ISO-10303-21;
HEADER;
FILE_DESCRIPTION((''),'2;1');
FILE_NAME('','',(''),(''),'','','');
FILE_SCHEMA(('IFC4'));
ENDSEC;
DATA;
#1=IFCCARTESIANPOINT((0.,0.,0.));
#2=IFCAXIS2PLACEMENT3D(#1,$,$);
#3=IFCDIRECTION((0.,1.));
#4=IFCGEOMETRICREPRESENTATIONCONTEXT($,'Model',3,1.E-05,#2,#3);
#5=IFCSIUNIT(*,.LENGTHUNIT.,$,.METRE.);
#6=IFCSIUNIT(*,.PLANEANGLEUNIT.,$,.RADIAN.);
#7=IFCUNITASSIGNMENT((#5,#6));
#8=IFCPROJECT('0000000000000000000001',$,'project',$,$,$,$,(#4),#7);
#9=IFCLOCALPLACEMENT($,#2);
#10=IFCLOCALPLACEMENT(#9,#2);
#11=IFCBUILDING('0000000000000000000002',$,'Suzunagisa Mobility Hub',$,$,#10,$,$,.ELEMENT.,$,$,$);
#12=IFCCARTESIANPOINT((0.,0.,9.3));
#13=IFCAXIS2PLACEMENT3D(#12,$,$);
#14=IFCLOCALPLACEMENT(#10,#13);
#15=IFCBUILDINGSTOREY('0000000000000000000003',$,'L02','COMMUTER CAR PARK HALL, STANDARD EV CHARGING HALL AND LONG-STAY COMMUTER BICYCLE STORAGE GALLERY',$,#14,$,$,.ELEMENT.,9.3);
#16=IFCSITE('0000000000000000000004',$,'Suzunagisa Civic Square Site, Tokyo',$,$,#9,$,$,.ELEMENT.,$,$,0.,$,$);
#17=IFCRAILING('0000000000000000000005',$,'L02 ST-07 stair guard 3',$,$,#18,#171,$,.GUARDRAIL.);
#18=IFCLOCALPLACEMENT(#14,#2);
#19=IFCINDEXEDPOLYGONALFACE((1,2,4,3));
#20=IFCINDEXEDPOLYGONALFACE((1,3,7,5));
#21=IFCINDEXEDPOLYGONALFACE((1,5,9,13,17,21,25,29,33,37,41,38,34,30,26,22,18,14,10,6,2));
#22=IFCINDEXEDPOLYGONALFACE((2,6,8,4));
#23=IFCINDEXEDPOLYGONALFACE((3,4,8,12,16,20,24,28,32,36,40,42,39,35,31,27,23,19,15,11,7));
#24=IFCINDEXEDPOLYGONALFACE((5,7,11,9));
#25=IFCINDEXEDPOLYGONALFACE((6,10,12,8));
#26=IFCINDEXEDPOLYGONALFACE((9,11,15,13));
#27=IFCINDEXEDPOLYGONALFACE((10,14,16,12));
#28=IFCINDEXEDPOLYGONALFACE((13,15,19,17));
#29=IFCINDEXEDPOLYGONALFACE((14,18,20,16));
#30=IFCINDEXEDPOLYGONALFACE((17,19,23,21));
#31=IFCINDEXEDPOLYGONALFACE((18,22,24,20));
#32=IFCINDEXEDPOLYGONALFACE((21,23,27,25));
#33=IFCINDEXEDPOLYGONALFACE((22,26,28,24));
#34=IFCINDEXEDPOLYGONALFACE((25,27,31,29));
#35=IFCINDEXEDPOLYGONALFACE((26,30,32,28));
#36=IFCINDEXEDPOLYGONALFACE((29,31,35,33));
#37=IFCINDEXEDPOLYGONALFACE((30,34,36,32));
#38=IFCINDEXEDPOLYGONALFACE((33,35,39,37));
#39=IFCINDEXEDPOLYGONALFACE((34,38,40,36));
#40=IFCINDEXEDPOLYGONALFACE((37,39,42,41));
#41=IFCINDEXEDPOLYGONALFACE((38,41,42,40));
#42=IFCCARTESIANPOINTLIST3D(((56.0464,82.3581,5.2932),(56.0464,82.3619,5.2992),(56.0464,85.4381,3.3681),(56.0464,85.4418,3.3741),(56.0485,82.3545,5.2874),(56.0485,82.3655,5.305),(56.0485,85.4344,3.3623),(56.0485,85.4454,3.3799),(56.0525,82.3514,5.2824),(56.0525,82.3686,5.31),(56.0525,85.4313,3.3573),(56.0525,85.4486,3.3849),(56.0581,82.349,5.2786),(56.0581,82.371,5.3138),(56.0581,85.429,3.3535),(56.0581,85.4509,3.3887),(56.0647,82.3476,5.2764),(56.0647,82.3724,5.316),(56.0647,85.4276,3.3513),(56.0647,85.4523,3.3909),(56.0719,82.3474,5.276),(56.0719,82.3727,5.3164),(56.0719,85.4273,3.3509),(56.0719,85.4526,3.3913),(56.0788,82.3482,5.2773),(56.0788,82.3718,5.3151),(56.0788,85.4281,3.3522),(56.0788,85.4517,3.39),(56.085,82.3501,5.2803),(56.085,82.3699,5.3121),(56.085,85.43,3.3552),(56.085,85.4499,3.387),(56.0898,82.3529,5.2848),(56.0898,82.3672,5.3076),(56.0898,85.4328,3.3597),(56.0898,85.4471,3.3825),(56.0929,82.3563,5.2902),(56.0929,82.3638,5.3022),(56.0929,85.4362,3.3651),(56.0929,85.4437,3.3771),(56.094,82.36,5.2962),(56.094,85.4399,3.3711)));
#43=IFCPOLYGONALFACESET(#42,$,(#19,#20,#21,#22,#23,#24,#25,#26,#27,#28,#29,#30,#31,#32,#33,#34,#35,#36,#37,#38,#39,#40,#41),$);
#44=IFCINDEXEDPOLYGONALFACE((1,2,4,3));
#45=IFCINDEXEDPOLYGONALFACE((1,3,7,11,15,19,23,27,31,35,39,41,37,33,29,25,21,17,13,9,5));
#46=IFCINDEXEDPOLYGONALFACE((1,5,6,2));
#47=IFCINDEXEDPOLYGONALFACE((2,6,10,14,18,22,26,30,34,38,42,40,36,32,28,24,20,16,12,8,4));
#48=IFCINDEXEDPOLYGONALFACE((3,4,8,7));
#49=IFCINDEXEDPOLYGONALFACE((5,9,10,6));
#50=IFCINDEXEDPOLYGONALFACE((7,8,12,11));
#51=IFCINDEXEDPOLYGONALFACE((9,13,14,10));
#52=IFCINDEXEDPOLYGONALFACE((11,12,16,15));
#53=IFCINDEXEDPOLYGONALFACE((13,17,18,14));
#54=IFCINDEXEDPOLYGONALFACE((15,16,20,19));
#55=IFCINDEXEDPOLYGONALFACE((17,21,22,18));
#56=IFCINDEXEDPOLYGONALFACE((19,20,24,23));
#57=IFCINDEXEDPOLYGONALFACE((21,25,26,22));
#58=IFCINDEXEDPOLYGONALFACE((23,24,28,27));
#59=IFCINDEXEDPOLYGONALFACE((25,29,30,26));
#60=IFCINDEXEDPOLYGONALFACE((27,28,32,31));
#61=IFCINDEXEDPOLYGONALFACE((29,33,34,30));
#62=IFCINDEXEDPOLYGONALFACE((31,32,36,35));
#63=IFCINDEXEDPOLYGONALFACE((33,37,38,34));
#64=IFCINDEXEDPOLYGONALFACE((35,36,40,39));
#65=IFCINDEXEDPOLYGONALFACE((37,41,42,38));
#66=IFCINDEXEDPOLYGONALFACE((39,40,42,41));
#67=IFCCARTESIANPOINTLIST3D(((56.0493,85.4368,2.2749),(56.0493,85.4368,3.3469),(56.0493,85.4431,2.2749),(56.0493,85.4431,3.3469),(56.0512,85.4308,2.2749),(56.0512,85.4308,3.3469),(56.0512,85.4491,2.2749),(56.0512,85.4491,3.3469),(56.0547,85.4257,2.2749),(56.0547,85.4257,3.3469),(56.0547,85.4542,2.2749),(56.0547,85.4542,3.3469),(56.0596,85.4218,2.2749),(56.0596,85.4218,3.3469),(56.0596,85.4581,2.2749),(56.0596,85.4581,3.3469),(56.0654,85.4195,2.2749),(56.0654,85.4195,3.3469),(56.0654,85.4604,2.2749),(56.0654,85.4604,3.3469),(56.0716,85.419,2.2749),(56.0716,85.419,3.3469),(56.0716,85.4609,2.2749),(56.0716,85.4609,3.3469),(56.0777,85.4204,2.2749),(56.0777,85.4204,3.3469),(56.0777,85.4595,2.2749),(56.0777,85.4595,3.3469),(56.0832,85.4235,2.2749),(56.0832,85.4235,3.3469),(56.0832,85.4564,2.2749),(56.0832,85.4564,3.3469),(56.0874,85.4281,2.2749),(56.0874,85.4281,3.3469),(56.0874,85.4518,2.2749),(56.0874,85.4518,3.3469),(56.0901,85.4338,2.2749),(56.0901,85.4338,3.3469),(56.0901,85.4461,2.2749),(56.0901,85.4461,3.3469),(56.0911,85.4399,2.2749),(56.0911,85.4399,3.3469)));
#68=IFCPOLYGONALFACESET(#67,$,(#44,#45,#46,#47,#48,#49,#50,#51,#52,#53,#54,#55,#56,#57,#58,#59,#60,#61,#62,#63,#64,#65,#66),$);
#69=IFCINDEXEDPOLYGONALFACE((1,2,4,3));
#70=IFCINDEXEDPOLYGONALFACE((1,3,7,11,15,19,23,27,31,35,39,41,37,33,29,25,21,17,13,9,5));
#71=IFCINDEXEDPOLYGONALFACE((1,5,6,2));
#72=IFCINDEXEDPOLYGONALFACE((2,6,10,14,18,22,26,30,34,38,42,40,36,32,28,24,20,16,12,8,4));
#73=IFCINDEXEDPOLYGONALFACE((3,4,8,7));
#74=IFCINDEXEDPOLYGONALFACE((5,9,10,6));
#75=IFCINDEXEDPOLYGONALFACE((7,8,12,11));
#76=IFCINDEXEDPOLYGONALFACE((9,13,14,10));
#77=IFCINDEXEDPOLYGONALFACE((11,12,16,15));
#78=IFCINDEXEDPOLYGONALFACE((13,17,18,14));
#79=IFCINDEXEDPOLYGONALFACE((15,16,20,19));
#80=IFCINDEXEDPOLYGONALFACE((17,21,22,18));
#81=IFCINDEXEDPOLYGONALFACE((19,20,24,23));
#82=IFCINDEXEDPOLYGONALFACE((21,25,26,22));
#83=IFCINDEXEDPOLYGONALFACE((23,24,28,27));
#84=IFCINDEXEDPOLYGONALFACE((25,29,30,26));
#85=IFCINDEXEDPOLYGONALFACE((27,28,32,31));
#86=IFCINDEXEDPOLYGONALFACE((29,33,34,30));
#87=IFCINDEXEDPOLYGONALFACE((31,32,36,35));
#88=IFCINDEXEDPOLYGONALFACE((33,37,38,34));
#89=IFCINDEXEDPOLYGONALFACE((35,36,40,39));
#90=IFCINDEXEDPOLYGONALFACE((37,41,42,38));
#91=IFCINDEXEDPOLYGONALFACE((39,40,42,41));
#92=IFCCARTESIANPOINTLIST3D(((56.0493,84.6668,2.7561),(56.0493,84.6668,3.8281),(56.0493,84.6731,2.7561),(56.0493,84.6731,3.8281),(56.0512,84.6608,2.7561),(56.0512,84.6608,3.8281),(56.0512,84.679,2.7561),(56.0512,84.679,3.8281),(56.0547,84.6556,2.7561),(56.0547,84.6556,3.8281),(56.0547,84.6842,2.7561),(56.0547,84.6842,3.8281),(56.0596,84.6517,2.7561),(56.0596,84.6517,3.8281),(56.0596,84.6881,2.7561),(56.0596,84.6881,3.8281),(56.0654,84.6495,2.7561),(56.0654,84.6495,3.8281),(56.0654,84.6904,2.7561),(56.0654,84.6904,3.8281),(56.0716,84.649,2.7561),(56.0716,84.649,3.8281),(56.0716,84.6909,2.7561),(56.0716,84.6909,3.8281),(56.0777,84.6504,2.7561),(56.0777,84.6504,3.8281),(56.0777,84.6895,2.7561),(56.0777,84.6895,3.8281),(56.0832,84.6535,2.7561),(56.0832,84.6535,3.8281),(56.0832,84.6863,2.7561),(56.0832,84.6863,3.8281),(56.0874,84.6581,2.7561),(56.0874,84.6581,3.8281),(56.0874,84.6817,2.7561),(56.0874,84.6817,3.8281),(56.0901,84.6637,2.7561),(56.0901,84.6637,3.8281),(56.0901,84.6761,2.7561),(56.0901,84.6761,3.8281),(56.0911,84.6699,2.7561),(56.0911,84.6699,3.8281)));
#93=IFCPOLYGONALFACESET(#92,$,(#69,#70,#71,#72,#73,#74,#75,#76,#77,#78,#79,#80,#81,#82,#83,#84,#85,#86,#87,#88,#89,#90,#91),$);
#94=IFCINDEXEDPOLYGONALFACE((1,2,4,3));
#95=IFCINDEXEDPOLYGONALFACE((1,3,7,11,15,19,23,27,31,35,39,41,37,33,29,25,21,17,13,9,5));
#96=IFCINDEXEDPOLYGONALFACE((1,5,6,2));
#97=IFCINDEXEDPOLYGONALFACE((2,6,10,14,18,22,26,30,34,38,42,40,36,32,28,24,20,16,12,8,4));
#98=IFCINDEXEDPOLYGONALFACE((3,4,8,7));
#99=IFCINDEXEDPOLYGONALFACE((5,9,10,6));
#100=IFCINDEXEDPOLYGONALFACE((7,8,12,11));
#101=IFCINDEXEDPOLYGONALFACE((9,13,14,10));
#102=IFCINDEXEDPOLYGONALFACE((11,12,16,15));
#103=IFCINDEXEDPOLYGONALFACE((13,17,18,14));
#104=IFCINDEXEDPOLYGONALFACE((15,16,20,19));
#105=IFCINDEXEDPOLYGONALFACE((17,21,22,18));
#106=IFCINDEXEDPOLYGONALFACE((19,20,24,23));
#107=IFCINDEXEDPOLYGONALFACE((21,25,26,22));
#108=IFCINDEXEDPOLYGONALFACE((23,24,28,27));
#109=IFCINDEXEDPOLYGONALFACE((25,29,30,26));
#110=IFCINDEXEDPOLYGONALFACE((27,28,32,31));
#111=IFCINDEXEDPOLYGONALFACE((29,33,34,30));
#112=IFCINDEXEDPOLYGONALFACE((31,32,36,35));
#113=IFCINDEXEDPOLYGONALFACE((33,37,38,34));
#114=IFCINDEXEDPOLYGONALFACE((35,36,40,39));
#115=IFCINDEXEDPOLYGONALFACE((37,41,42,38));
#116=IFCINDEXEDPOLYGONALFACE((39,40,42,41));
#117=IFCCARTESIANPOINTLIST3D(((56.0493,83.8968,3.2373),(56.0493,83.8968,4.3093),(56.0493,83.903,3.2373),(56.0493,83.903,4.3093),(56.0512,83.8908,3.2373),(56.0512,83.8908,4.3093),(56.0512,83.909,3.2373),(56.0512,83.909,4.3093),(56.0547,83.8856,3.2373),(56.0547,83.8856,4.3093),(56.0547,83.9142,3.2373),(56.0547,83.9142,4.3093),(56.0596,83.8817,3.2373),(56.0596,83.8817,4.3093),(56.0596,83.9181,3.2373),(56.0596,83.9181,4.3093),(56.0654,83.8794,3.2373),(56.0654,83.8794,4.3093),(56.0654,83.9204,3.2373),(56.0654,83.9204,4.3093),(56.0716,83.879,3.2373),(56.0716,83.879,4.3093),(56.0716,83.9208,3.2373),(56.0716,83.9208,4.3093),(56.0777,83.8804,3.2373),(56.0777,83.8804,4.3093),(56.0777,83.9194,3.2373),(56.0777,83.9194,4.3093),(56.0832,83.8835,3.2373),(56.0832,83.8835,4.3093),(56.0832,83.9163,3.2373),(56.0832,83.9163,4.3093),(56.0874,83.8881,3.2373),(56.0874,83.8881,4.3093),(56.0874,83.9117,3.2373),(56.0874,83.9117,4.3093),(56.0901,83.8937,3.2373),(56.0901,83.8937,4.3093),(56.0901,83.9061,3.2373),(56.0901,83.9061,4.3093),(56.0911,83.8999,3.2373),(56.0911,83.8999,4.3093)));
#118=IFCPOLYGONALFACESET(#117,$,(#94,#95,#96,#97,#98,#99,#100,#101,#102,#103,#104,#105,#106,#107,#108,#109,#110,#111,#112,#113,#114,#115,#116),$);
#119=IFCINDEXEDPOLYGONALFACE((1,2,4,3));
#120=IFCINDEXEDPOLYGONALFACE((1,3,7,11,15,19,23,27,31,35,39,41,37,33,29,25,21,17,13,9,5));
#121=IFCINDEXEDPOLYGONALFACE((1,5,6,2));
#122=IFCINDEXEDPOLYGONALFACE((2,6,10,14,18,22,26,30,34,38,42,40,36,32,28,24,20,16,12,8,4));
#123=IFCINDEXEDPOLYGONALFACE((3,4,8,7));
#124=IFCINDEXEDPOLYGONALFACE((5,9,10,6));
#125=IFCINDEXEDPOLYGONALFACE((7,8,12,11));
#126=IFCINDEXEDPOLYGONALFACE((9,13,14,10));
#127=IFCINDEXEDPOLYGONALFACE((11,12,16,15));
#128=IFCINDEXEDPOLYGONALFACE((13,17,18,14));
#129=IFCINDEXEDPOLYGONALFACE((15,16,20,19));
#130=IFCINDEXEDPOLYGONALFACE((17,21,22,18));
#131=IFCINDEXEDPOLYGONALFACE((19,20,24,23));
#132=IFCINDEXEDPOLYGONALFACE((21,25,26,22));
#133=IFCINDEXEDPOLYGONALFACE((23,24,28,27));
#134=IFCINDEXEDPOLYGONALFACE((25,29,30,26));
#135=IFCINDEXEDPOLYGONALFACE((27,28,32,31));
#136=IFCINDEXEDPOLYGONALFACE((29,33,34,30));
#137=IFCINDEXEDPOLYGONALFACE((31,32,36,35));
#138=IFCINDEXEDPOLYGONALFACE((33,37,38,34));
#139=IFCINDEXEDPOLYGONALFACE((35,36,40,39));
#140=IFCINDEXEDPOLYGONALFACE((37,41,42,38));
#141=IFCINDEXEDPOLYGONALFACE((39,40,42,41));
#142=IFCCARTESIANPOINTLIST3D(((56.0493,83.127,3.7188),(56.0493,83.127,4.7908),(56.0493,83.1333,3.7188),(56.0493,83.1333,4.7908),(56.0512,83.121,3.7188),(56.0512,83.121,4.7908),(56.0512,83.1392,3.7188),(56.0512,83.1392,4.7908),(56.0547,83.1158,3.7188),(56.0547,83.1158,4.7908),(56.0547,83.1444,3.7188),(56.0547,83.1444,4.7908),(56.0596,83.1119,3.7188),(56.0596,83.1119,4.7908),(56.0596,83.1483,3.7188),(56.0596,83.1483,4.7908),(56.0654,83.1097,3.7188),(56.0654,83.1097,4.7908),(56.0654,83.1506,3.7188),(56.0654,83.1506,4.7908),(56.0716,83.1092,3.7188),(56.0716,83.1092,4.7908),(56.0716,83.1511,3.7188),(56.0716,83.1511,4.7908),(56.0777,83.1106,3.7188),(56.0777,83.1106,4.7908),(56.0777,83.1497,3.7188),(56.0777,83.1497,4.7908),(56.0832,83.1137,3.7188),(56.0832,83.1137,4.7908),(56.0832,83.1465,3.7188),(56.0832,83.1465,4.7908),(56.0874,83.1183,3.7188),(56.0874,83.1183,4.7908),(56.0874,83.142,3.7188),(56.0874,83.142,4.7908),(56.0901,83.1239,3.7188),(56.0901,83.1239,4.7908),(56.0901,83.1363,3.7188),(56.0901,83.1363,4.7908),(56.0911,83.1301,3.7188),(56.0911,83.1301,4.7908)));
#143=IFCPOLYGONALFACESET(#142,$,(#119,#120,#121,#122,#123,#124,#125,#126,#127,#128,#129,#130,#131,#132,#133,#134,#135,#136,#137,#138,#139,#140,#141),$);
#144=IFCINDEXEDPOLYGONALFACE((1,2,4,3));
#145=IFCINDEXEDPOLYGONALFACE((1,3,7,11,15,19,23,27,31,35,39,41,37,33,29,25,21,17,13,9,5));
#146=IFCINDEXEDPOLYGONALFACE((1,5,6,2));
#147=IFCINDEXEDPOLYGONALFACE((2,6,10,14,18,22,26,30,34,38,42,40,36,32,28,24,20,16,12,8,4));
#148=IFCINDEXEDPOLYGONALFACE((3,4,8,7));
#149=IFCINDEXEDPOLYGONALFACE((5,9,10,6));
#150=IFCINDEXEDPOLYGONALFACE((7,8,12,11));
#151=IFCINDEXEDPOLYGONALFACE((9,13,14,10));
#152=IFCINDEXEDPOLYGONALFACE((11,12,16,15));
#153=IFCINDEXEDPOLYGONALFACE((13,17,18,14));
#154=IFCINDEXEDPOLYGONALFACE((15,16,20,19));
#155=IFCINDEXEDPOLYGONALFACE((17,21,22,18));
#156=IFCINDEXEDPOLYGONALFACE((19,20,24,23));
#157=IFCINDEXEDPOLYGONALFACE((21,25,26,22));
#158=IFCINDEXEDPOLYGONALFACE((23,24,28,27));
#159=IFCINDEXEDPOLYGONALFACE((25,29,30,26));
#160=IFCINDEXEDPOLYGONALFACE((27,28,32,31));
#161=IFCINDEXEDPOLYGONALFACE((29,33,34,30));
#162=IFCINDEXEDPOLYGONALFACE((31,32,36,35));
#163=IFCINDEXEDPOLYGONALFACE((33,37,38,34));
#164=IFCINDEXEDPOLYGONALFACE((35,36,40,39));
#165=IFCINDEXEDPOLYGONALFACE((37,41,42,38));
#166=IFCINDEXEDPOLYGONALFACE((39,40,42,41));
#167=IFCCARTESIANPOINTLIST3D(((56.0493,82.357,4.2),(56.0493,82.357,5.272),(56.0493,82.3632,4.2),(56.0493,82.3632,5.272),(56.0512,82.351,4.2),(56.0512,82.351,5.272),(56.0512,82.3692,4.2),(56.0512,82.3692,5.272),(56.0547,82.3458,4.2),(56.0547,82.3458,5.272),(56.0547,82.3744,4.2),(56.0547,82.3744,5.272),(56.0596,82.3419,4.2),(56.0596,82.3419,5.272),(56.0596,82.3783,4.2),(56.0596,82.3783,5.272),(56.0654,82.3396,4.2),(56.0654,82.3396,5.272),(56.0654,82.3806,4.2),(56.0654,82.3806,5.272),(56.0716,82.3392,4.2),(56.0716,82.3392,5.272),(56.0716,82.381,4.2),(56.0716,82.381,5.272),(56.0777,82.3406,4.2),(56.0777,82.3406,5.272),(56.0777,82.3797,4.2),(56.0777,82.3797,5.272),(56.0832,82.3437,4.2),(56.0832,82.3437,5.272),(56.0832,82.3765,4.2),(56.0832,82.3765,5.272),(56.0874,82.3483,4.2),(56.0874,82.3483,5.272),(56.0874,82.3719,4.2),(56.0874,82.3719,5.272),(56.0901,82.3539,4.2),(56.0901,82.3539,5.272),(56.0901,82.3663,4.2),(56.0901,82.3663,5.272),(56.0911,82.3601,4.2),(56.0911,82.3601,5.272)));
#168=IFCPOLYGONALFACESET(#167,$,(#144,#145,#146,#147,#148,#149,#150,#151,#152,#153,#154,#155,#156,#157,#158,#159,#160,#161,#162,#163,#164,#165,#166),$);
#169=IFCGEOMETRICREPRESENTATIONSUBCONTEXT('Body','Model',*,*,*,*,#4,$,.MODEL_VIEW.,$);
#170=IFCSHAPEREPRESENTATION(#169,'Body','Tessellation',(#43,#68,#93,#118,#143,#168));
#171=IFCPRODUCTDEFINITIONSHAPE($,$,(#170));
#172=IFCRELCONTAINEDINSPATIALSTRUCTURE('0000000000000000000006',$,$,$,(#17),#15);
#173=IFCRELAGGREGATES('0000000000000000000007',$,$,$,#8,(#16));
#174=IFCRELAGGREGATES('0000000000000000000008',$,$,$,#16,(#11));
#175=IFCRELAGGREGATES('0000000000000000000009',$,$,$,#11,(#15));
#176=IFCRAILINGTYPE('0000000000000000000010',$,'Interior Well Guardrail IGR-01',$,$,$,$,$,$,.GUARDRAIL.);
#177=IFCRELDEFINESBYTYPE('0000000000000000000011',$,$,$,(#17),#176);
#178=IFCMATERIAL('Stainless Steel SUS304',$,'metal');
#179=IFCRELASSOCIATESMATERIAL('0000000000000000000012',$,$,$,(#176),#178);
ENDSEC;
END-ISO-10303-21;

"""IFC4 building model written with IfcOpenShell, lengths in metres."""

from ifc_helpers import new_model, si_unit, direction, frame, origin, origin_2d, place, context, subcontext, project, spatial, circle, extrude, material, type_object, element, save


model = new_model("IFC4")

# Units and contexts
model_context = context("Model", 3, precision=1e-05, world=origin(), true_north=direction((0.0, 1.0)))
body_context = subcontext(model_context, "Body", "Model", "MODEL_VIEW")
ifc_project = project(units=[si_unit("LENGTHUNIT", "METRE"), si_unit("PLANEANGLEUNIT", "RADIAN")], contexts=[model_context])

# Site, building, storey
site_placement = place(None, origin())
site = spatial("IfcSite", under=ifc_project, at=site_placement, Name="Suzunagisa Civic Square Site, Tokyo", CompositionType="ELEMENT", RefElevation=0.0)
building_placement = place(site_placement, origin())
building = spatial("IfcBuilding", under=site, at=building_placement, Name="Suzunagisa Mobility Hub", CompositionType="ELEMENT")
storey_placement = place(building_placement, frame((0.0, 0.0, 9.3)))
storey = spatial("IfcBuildingStorey", under=building, at=storey_placement, Name="L02", Description="COMMUTER CAR PARK HALL, STANDARD EV CHARGING HALL AND LONG-STAY COMMUTER BICYCLE STORAGE GALLERY", CompositionType="ELEMENT", Elevation=9.3)

# Railing
ifc_material_1 = material(Name="Stainless Steel SUS304", Category="metal")
railing_type_1 = type_object("IfcRailingType", Name="Interior Well Guardrail IGR-01", PredefinedType="GUARDRAIL", material=ifc_material_1)
railing_1_placement = place(storey_placement, frame((56.0701, 85.4399, 2.2749)))
element("IfcRailing", 1, at=railing_1_placement, inside=storey, type_object=railing_type_1, Name="L02 ST-07 stair guard 3", PredefinedType="GUARDRAIL", context=body_context, shape_type="SweptSolid", body=[
    extrude(circle(Radius=0.0239, at=origin_2d()), frame((0.0, 0.0, 1.0962), z_axis=(0.0, -0.847979, 0.530029), x_axis=(1.0, 0.0, 0.0)), (0.0, 0.0, 1.0), 3.6321),
    extrude(circle(Radius=0.021, at=origin_2d()), origin(), (0.0, 0.0, 1.0), 1.072),
    extrude(circle(Radius=0.021, at=origin_2d()), frame((0.0, -0.77, 0.4812)), (0.0, 0.0, 1.0), 1.072),
    extrude(circle(Radius=0.021, at=origin_2d()), frame((0.0, -1.54, 0.9624)), (0.0, 0.0, 1.0), 1.072),
    extrude(circle(Radius=0.021, at=origin_2d()), frame((0.0, -2.3098, 1.4438)), (0.0, 0.0, 1.0), 1.072),
    extrude(circle(Radius=0.021, at=origin_2d()), frame((0.0, -3.0798, 1.925)), (0.0, 0.0, 1.0), 1.072),
])

save(model, "model.ifc")
